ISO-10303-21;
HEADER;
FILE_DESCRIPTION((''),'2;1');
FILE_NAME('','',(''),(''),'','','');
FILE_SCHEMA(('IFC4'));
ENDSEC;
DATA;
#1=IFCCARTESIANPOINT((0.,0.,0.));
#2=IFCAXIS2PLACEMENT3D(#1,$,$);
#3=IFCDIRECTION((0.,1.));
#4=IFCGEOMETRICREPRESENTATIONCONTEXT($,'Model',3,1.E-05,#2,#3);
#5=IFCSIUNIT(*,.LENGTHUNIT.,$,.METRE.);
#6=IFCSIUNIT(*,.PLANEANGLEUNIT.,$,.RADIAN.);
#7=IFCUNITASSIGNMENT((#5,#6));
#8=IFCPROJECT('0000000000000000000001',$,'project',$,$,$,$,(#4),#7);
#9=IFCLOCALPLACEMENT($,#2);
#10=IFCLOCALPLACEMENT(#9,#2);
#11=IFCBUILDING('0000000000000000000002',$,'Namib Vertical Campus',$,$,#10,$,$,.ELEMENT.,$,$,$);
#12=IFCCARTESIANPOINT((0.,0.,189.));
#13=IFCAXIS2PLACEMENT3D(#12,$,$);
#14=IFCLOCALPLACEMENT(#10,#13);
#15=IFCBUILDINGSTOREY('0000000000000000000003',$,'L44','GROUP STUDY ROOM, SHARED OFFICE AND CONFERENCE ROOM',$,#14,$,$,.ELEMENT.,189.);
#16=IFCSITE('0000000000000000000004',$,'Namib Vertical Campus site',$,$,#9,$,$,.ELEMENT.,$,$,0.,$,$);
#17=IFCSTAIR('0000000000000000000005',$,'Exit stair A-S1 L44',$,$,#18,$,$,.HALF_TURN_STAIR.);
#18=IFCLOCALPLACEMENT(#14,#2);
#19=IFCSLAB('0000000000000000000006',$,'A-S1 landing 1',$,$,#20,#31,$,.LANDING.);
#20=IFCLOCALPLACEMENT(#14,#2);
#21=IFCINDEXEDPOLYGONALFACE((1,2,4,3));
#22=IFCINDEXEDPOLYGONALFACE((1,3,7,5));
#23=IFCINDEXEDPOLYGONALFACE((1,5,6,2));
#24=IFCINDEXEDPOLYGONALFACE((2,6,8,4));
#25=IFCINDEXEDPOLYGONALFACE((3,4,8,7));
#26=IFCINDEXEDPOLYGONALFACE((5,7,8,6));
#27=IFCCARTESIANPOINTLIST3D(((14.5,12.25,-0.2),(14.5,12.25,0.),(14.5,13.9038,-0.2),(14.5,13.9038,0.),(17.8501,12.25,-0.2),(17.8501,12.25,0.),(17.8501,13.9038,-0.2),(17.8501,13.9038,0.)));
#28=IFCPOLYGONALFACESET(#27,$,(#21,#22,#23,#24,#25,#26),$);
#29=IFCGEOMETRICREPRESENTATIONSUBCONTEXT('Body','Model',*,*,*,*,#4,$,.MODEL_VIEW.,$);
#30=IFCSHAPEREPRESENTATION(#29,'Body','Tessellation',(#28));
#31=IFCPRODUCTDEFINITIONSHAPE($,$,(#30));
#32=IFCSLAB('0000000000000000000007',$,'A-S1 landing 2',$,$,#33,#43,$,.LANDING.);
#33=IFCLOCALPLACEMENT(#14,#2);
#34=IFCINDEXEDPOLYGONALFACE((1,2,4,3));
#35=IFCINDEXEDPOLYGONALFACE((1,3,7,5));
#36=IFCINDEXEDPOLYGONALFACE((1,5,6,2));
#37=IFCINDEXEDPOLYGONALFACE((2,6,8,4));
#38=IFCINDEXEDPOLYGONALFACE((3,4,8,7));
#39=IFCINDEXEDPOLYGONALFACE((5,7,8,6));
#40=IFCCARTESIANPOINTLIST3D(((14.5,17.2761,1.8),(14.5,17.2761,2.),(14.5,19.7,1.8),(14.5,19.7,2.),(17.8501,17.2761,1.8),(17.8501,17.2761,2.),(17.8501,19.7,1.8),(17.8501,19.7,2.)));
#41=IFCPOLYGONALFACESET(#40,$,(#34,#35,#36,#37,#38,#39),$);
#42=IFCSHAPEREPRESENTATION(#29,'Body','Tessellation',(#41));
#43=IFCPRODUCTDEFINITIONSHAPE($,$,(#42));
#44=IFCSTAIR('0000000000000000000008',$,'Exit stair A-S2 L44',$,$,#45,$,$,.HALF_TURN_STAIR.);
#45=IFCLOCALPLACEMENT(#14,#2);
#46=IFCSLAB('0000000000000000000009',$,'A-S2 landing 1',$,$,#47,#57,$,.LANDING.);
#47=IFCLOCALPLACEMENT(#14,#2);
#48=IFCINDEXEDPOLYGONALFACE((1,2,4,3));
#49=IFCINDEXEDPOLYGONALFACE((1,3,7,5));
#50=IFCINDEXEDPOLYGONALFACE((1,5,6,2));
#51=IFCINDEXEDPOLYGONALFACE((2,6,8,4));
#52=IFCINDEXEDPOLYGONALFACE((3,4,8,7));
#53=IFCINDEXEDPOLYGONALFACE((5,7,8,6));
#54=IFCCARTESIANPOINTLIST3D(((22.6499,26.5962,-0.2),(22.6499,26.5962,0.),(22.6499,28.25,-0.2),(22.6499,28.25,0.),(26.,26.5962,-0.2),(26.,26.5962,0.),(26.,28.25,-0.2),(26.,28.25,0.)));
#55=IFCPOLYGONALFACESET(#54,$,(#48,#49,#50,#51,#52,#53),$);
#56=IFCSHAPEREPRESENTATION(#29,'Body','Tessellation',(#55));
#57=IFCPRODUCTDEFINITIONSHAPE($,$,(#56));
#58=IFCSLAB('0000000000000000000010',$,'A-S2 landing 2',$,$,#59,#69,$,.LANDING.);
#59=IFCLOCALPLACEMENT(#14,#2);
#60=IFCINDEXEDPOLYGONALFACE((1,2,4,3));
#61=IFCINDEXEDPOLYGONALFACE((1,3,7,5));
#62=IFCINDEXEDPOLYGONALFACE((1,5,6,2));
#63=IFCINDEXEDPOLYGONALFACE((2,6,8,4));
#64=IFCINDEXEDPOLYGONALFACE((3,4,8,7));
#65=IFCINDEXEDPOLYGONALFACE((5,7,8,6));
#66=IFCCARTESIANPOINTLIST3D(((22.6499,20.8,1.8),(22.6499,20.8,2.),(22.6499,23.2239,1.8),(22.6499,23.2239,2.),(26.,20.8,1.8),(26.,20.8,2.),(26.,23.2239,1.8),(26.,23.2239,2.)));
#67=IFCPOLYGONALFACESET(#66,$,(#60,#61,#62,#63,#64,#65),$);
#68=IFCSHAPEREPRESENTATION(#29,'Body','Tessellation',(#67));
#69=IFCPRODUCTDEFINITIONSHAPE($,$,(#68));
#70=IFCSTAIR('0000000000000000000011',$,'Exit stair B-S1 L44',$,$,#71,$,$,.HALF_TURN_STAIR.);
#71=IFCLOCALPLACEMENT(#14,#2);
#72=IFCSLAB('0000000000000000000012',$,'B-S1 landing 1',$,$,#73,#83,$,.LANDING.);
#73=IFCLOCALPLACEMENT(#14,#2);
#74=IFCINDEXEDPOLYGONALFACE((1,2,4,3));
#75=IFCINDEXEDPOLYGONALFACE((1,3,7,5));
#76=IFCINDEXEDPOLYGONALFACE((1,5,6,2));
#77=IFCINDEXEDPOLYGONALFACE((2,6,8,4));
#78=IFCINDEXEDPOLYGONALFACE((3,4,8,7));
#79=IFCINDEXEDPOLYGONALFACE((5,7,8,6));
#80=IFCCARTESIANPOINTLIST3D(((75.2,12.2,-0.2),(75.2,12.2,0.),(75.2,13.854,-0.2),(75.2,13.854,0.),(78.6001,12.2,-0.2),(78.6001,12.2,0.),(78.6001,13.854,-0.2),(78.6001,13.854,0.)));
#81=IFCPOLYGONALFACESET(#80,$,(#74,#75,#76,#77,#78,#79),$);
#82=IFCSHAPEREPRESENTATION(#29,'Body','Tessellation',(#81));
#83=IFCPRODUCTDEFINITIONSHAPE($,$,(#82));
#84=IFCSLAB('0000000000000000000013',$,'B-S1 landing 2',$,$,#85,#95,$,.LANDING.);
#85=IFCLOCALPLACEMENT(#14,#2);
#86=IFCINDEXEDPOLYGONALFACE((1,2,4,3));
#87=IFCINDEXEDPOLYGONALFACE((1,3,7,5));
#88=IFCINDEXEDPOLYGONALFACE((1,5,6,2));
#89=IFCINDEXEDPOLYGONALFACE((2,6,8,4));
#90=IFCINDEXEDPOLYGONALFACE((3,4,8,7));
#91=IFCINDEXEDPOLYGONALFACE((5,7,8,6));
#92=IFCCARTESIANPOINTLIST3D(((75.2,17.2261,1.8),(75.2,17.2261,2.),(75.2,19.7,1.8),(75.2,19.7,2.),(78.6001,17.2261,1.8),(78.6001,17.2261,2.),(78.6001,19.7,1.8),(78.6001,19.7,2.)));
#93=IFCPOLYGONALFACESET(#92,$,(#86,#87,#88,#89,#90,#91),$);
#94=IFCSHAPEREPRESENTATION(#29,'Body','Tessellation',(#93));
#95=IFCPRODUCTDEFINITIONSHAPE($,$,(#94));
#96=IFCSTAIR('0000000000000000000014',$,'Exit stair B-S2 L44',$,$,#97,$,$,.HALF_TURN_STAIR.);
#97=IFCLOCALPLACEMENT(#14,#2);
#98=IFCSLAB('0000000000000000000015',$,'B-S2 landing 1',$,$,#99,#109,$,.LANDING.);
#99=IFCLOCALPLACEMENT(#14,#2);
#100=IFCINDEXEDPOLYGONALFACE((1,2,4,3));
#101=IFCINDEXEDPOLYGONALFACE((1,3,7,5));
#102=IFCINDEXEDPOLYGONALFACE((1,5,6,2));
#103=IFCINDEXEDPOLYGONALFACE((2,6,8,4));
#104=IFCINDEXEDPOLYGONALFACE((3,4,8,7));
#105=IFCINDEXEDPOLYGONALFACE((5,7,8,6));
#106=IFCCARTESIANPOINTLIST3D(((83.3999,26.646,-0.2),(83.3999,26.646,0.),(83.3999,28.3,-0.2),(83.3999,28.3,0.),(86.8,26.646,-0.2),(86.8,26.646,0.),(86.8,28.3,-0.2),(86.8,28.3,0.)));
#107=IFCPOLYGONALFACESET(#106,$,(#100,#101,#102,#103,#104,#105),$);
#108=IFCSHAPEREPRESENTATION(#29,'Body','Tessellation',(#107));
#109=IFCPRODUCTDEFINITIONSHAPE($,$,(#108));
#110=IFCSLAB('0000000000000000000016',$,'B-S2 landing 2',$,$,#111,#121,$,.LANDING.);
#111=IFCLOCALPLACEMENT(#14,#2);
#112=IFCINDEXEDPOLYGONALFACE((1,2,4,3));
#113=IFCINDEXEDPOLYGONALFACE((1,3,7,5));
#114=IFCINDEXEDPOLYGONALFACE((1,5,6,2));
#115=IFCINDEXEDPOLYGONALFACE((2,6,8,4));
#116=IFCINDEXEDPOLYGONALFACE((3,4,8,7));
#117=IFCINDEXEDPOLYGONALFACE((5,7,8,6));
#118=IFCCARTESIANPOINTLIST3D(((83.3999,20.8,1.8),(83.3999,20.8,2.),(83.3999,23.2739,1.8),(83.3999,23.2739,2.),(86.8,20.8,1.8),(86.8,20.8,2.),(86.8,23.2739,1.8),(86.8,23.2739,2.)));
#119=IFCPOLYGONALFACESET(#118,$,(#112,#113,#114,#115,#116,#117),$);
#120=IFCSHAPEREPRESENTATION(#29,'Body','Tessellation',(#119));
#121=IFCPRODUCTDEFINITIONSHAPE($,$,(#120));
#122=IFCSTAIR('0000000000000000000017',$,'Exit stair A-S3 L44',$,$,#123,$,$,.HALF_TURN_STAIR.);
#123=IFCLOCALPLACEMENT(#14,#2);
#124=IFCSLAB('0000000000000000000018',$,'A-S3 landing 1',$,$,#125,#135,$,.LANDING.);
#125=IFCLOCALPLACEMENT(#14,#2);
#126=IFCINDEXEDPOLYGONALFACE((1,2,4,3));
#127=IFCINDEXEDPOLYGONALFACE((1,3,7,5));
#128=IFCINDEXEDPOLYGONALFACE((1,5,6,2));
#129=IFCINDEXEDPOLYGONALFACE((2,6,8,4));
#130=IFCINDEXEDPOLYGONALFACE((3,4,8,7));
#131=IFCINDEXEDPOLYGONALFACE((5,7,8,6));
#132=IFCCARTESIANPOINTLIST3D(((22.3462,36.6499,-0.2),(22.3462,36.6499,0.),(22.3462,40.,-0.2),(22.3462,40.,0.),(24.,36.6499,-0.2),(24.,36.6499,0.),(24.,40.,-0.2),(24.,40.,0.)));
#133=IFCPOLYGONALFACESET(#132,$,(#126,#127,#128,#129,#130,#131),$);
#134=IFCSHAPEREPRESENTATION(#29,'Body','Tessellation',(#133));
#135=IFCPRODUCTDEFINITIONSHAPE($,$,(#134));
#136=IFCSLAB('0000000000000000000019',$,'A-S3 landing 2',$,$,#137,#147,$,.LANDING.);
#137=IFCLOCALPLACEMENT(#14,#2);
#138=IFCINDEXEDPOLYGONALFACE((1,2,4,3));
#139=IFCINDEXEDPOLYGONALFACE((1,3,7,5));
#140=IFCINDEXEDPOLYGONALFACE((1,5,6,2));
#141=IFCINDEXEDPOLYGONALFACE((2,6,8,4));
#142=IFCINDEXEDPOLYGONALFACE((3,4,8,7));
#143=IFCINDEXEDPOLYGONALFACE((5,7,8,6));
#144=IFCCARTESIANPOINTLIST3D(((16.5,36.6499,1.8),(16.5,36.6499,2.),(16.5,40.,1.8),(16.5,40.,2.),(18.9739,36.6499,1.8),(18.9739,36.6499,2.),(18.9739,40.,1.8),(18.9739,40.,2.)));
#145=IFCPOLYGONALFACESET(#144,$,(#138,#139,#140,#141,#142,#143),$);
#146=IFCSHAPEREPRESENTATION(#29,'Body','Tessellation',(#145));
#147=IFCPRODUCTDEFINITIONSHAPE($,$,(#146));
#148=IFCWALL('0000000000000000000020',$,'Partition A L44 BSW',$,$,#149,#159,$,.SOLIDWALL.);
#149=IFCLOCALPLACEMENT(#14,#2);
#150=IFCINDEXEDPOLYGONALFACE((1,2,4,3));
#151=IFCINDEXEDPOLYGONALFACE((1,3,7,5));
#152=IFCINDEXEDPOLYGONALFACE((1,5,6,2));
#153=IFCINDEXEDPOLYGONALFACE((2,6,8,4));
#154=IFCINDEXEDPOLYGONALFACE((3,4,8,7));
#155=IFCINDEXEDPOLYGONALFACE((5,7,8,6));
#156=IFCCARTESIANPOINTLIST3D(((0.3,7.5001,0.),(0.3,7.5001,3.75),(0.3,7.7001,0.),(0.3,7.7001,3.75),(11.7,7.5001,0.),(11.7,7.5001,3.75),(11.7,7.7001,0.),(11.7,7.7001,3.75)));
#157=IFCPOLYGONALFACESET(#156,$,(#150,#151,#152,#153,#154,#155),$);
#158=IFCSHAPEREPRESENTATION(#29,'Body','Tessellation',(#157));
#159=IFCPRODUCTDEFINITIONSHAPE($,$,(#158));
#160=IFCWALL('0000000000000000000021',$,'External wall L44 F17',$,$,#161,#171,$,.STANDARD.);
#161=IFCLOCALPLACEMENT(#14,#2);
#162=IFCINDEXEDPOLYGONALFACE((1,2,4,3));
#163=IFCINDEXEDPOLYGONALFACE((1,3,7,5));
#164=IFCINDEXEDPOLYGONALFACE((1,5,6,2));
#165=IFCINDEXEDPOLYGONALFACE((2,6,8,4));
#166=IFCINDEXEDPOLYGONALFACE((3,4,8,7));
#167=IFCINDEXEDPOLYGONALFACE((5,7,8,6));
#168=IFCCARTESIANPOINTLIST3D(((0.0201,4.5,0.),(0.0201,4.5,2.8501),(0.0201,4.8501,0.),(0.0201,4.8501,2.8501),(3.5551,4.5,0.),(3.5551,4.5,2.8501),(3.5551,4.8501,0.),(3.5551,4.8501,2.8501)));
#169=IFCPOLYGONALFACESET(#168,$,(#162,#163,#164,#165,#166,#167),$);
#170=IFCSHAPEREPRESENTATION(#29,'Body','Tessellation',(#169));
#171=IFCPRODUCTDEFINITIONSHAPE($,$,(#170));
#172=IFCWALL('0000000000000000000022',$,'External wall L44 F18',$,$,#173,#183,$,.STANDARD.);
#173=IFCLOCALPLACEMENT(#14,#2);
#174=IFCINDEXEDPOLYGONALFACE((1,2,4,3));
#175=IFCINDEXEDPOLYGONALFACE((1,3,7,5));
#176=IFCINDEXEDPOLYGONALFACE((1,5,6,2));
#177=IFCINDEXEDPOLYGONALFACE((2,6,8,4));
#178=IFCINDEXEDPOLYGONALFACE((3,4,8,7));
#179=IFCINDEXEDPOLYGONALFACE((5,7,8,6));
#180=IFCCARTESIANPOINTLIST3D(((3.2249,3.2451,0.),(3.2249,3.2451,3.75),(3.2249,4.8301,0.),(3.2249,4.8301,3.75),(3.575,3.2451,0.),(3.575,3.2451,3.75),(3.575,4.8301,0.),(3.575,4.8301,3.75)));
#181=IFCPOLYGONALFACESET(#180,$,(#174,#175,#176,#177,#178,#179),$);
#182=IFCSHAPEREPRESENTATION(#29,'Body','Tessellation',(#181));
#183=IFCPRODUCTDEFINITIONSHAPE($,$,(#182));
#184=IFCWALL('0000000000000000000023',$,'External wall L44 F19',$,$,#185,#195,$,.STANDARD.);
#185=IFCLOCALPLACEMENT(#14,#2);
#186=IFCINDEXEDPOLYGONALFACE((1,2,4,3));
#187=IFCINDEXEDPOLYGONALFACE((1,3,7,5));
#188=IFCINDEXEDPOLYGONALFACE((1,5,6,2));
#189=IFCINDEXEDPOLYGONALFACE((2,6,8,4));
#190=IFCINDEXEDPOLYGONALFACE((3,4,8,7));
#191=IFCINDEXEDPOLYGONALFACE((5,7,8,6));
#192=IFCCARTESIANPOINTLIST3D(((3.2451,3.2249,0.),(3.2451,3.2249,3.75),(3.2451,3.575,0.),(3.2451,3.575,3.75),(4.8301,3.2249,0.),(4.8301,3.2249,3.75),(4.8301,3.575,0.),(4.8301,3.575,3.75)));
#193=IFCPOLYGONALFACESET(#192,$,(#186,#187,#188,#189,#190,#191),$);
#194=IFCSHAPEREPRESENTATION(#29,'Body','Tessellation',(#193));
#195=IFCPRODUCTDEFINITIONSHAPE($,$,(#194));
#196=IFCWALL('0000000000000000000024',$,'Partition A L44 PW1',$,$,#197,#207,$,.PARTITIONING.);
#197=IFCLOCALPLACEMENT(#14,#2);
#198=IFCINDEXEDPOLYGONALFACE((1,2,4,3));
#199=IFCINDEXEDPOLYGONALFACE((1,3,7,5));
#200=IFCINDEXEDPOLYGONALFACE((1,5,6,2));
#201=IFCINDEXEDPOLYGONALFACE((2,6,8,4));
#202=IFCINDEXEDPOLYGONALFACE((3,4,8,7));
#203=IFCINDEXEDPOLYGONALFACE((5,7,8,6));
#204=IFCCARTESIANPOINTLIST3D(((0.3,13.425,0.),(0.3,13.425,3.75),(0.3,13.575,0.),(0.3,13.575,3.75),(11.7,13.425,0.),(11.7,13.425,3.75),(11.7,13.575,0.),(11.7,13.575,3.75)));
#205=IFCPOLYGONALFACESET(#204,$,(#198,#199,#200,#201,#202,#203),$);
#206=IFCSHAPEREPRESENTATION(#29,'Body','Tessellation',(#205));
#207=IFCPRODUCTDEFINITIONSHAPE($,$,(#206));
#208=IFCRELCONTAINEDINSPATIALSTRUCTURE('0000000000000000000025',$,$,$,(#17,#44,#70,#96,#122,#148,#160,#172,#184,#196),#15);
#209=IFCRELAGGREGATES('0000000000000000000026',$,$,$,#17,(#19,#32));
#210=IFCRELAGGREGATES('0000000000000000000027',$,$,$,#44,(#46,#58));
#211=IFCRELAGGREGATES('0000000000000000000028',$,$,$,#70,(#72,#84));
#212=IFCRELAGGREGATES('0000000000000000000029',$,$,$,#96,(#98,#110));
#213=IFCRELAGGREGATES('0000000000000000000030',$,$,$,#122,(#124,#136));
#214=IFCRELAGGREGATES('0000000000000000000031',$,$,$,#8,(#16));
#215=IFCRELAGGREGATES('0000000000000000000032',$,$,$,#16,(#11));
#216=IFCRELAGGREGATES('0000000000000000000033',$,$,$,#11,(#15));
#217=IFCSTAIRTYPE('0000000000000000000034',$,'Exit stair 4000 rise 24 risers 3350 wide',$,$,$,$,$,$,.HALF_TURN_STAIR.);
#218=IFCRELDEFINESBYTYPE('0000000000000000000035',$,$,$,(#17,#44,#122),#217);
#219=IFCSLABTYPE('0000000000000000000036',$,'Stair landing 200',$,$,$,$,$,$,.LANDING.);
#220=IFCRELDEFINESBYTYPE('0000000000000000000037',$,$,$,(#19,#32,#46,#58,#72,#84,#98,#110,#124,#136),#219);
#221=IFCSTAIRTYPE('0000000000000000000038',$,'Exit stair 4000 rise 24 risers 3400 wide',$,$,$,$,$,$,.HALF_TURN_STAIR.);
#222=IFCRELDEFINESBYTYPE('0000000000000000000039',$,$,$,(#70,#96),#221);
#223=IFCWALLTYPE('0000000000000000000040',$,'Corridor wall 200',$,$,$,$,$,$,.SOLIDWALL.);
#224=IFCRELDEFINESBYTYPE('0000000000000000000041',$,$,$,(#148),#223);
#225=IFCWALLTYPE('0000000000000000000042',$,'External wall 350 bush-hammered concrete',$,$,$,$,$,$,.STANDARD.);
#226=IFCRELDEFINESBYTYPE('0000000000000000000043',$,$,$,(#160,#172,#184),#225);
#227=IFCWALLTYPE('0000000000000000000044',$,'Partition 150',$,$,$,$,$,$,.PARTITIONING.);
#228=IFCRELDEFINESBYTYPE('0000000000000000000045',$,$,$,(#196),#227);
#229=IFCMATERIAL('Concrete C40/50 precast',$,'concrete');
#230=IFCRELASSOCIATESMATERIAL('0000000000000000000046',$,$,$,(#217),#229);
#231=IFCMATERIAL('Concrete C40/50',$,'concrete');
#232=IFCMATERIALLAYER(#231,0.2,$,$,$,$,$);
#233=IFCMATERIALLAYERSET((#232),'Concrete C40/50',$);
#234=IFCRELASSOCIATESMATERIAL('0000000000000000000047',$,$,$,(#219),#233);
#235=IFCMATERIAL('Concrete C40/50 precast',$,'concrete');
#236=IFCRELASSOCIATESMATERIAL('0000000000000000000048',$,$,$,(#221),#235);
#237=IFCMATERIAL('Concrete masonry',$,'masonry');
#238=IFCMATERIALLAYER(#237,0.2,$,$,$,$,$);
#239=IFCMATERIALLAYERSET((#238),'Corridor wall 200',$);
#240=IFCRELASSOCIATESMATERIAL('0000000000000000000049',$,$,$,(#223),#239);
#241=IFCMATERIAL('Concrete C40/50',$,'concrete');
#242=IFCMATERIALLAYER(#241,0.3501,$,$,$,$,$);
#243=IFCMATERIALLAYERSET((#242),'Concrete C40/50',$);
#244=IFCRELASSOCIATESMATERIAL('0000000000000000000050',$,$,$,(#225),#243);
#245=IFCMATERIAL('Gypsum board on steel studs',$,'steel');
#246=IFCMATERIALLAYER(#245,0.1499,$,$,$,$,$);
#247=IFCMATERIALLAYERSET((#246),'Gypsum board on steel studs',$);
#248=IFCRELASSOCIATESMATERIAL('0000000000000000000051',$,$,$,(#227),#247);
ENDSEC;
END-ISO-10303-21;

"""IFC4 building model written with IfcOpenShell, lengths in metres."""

from ifc_helpers import new_model, si_unit, direction, frame, frame_2d, origin, place, context, subcontext, project, spatial, polyline, rectangle, outline, extrude, material, layer, layer_set, type_object, element, aggregate, save


model = new_model("IFC4")

# Units and contexts
model_context = context("Model", 3, precision=1e-05, world=origin(), true_north=direction((0.0, 1.0)))
body_context = subcontext(model_context, "Body", "Model", "MODEL_VIEW")
ifc_project = project(units=[si_unit("LENGTHUNIT", "METRE"), si_unit("PLANEANGLEUNIT", "RADIAN")], contexts=[model_context])

# Site, building, storey
site_placement = place(None, origin())
site = spatial("IfcSite", under=ifc_project, at=site_placement, Name="Namib Vertical Campus site", CompositionType="ELEMENT", RefElevation=0.0)
building_placement = place(site_placement, origin())
building = spatial("IfcBuilding", under=site, at=building_placement, Name="Namib Vertical Campus", CompositionType="ELEMENT")
storey_placement = place(building_placement, frame((0.0, 0.0, 189.0)))
storey = spatial("IfcBuildingStorey", under=building, at=storey_placement, Name="L44", Description="GROUP STUDY ROOM, SHARED OFFICE AND CONFERENCE ROOM", CompositionType="ELEMENT", Elevation=189.0)

# Stairs, slabs
ifc_material_1 = material(Name="Concrete C40/50 precast", Category="concrete")
stair_type_1 = type_object("IfcStairType", Name="Exit stair 4000 rise 24 risers 3350 wide", PredefinedType="HALF_TURN_STAIR", material=ifc_material_1)
stair_1_placement = place(storey_placement, origin())
stair_1 = element("IfcStair", 1, at=stair_1_placement, inside=storey, type_object=stair_type_1, Name="Exit stair A-S1 L44", PredefinedType="HALF_TURN_STAIR")
ifc_material_2 = material(Name="Concrete C40/50", Category="concrete")
ifc_layer_1 = layer(ifc_material_2, 0.2)
ifc_layer_set_1 = layer_set([ifc_layer_1], Name="Concrete C40/50")
slab_type_1 = type_object("IfcSlabType", Name="Stair landing 200", PredefinedType="LANDING", material=ifc_layer_set_1)
slab_1_placement = place(storey_placement, frame((0.0, 0.0, -0.2)))
slab_1 = element("IfcSlab", 2, at=slab_1_placement, type_object=slab_type_1, Name="A-S1 landing 1", PredefinedType="LANDING", context=body_context, shape_type="SweptSolid", body=[
    extrude(outline(polyline([(14.5, 12.25), (17.8501, 12.25), (17.8501, 13.9038), (14.5, 13.9038), (14.5, 12.25)])), origin(), (0.0, 0.0, 1.0), 0.2),
])
slab_2_placement = place(storey_placement, frame((0.0, 0.0, 1.8)))
slab_2 = element("IfcSlab", 3, at=slab_2_placement, type_object=slab_type_1, Name="A-S1 landing 2", PredefinedType="LANDING", context=body_context, shape_type="SweptSolid", body=[
    extrude(outline(polyline([(14.5, 17.2761), (17.8501, 17.2761), (17.8501, 19.7), (14.5, 19.7), (14.5, 17.2761)])), origin(), (0.0, 0.0, 1.0), 0.2),
])
aggregate(stair_1, [slab_1, slab_2])
stair_2_placement = place(storey_placement, origin())
stair_2 = element("IfcStair", 4, at=stair_2_placement, inside=storey, type_object=stair_type_1, Name="Exit stair A-S2 L44", PredefinedType="HALF_TURN_STAIR")
slab_3_placement = place(storey_placement, frame((0.0, 0.0, -0.2)))
slab_3 = element("IfcSlab", 5, at=slab_3_placement, type_object=slab_type_1, Name="A-S2 landing 1", PredefinedType="LANDING", context=body_context, shape_type="SweptSolid", body=[
    extrude(outline(polyline([(22.6499, 26.5962), (26.0, 26.5962), (26.0, 28.25), (22.6499, 28.25), (22.6499, 26.5962)])), origin(), (0.0, 0.0, 1.0), 0.2),
])
slab_4_placement = place(storey_placement, frame((0.0, 0.0, 1.8)))
slab_4 = element("IfcSlab", 6, at=slab_4_placement, type_object=slab_type_1, Name="A-S2 landing 2", PredefinedType="LANDING", context=body_context, shape_type="SweptSolid", body=[
    extrude(outline(polyline([(22.6499, 20.8), (26.0, 20.8), (26.0, 23.2239), (22.6499, 23.2239), (22.6499, 20.8)])), origin(), (0.0, 0.0, 1.0), 0.2),
])
aggregate(stair_2, [slab_3, slab_4])
ifc_material_3 = material(Name="Concrete C40/50 precast", Category="concrete")
stair_type_2 = type_object("IfcStairType", Name="Exit stair 4000 rise 24 risers 3400 wide", PredefinedType="HALF_TURN_STAIR", material=ifc_material_3)
stair_3_placement = place(storey_placement, origin())
stair_3 = element("IfcStair", 7, at=stair_3_placement, inside=storey, type_object=stair_type_2, Name="Exit stair B-S1 L44", PredefinedType="HALF_TURN_STAIR")
slab_5_placement = place(storey_placement, frame((0.0, 0.0, -0.2)))
slab_5 = element("IfcSlab", 8, at=slab_5_placement, type_object=slab_type_1, Name="B-S1 landing 1", PredefinedType="LANDING", context=body_context, shape_type="SweptSolid", body=[
    extrude(outline(polyline([(75.2, 12.2), (78.6001, 12.2), (78.6001, 13.854), (75.2, 13.854), (75.2, 12.2)])), origin(), (0.0, 0.0, 1.0), 0.2),
])
slab_6_placement = place(storey_placement, frame((0.0, 0.0, 1.8)))
slab_6 = element("IfcSlab", 9, at=slab_6_placement, type_object=slab_type_1, Name="B-S1 landing 2", PredefinedType="LANDING", context=body_context, shape_type="SweptSolid", body=[
    extrude(outline(polyline([(75.2, 17.2261), (78.6001, 17.2261), (78.6001, 19.7), (75.2, 19.7), (75.2, 17.2261)])), origin(), (0.0, 0.0, 1.0), 0.2),
])
aggregate(stair_3, [slab_5, slab_6])
stair_4_placement = place(storey_placement, origin())
stair_4 = element("IfcStair", 10, at=stair_4_placement, inside=storey, type_object=stair_type_2, Name="Exit stair B-S2 L44", PredefinedType="HALF_TURN_STAIR")
slab_7_placement = place(storey_placement, frame((0.0, 0.0, -0.2)))
slab_7 = element("IfcSlab", 11, at=slab_7_placement, type_object=slab_type_1, Name="B-S2 landing 1", PredefinedType="LANDING", context=body_context, shape_type="SweptSolid", body=[
    extrude(outline(polyline([(83.3999, 26.646), (86.8, 26.646), (86.8, 28.3), (83.3999, 28.3), (83.3999, 26.646)])), origin(), (0.0, 0.0, 1.0), 0.2),
])
slab_8_placement = place(storey_placement, frame((0.0, 0.0, 1.8)))
slab_8 = element("IfcSlab", 12, at=slab_8_placement, type_object=slab_type_1, Name="B-S2 landing 2", PredefinedType="LANDING", context=body_context, shape_type="SweptSolid", body=[
    extrude(outline(polyline([(83.3999, 20.8), (86.8, 20.8), (86.8, 23.2739), (83.3999, 23.2739), (83.3999, 20.8)])), origin(), (0.0, 0.0, 1.0), 0.2),
])
aggregate(stair_4, [slab_7, slab_8])
stair_5_placement = place(storey_placement, origin())
stair_5 = element("IfcStair", 13, at=stair_5_placement, inside=storey, type_object=stair_type_1, Name="Exit stair A-S3 L44", PredefinedType="HALF_TURN_STAIR")
slab_9_placement = place(storey_placement, frame((0.0, 0.0, -0.2)))
slab_9 = element("IfcSlab", 14, at=slab_9_placement, type_object=slab_type_1, Name="A-S3 landing 1", PredefinedType="LANDING", context=body_context, shape_type="SweptSolid", body=[
    extrude(outline(polyline([(22.3462, 36.6499), (22.3462, 40.0), (24.0, 40.0), (24.0, 36.6499), (22.3462, 36.6499)])), origin(), (0.0, 0.0, 1.0), 0.2),
])
slab_10_placement = place(storey_placement, frame((0.0, 0.0, 1.8)))
slab_10 = element("IfcSlab", 15, at=slab_10_placement, type_object=slab_type_1, Name="A-S3 landing 2", PredefinedType="LANDING", context=body_context, shape_type="SweptSolid", body=[
    extrude(outline(polyline([(16.5, 36.6499), (16.5, 40.0), (18.9739, 40.0), (18.9739, 36.6499), (16.5, 36.6499)])), origin(), (0.0, 0.0, 1.0), 0.2),
])
aggregate(stair_5, [slab_9, slab_10])

# Walls
ifc_material_4 = material(Name="Concrete masonry", Category="masonry")
ifc_layer_2 = layer(ifc_material_4, 0.2)
ifc_layer_set_2 = layer_set([ifc_layer_2], Name="Corridor wall 200")
wall_type_1 = type_object("IfcWallType", Name="Corridor wall 200", PredefinedType="SOLIDWALL", material=ifc_layer_set_2)
wall_1_placement = place(storey_placement, frame((0.3, 7.6001, 0.0), z_axis=(0.0, 0.0, 1.0), x_axis=(1.0, 0.0, 0.0)))
element("IfcWall", 16, at=wall_1_placement, inside=storey, type_object=wall_type_1, Name="Partition A L44 BSW", PredefinedType="SOLIDWALL", context=body_context, shape_type="SweptSolid", body=[
    extrude(rectangle(XDim=11.3999, YDim=0.2, at=frame_2d((5.7, 0.0))), origin(), (0.0, 0.0, 1.0), 3.75),
])
ifc_material_5 = material(Name="Concrete C40/50", Category="concrete")
ifc_layer_3 = layer(ifc_material_5, 0.3501)
ifc_layer_set_3 = layer_set([ifc_layer_3], Name="Concrete C40/50")
wall_type_2 = type_object("IfcWallType", Name="External wall 350 bush-hammered concrete", PredefinedType="STANDARD", material=ifc_layer_set_3)
wall_2_placement = place(storey_placement, frame((0.02, 4.675, 0.0), z_axis=(0.0, 0.0, 1.0), x_axis=(1.0, 0.0, 0.0)))
element("IfcWall", 17, at=wall_2_placement, inside=storey, type_object=wall_type_2, Name="External wall L44 F17", PredefinedType="STANDARD", context=body_context, shape_type="SweptSolid", body=[
    extrude(rectangle(XDim=3.5349, YDim=0.3501, at=frame_2d((1.7676, 0.0))), origin(), (0.0, 0.0, 1.0), 2.8501),
])
for number, where, z_axis, x_axis, name in (
    (18, (3.3999, 4.8301, 0.0), (0.0, 0.0, 1.0), (0.0, -1.0, 0.0), "External wall L44 F18"),
    (19, (3.2451, 3.3999, 0.0), (0.0, 0.0, 1.0), (1.0, 0.0, 0.0), "External wall L44 F19"),
):
    element("IfcWall", number, at=place(storey_placement, frame(where, z_axis=z_axis, x_axis=x_axis)), inside=storey, type_object=wall_type_2, Name=name, PredefinedType="STANDARD", context=body_context, shape_type="SweptSolid", body=[
        extrude(rectangle(XDim=1.585, YDim=0.3501, at=frame_2d((0.7925, 0.0))), origin(), (0.0, 0.0, 1.0), 3.75),
    ])
ifc_material_6 = material(Name="Gypsum board on steel studs", Category="steel")
ifc_layer_4 = layer(ifc_material_6, 0.1499)
ifc_layer_set_4 = layer_set([ifc_layer_4], Name="Gypsum board on steel studs")
wall_type_3 = type_object("IfcWallType", Name="Partition 150", PredefinedType="PARTITIONING", material=ifc_layer_set_4)
wall_3_placement = place(storey_placement, frame((0.3, 13.5, 0.0), z_axis=(0.0, 0.0, 1.0), x_axis=(1.0, 0.0, 0.0)))
element("IfcWall", 20, at=wall_3_placement, inside=storey, type_object=wall_type_3, Name="Partition A L44 PW1", PredefinedType="PARTITIONING", context=body_context, shape_type="SweptSolid", body=[
    extrude(rectangle(XDim=11.3999, YDim=0.1499, at=frame_2d((5.7, 0.0))), origin(), (0.0, 0.0, 1.0), 3.75),
])

save(model, "model.ifc")
